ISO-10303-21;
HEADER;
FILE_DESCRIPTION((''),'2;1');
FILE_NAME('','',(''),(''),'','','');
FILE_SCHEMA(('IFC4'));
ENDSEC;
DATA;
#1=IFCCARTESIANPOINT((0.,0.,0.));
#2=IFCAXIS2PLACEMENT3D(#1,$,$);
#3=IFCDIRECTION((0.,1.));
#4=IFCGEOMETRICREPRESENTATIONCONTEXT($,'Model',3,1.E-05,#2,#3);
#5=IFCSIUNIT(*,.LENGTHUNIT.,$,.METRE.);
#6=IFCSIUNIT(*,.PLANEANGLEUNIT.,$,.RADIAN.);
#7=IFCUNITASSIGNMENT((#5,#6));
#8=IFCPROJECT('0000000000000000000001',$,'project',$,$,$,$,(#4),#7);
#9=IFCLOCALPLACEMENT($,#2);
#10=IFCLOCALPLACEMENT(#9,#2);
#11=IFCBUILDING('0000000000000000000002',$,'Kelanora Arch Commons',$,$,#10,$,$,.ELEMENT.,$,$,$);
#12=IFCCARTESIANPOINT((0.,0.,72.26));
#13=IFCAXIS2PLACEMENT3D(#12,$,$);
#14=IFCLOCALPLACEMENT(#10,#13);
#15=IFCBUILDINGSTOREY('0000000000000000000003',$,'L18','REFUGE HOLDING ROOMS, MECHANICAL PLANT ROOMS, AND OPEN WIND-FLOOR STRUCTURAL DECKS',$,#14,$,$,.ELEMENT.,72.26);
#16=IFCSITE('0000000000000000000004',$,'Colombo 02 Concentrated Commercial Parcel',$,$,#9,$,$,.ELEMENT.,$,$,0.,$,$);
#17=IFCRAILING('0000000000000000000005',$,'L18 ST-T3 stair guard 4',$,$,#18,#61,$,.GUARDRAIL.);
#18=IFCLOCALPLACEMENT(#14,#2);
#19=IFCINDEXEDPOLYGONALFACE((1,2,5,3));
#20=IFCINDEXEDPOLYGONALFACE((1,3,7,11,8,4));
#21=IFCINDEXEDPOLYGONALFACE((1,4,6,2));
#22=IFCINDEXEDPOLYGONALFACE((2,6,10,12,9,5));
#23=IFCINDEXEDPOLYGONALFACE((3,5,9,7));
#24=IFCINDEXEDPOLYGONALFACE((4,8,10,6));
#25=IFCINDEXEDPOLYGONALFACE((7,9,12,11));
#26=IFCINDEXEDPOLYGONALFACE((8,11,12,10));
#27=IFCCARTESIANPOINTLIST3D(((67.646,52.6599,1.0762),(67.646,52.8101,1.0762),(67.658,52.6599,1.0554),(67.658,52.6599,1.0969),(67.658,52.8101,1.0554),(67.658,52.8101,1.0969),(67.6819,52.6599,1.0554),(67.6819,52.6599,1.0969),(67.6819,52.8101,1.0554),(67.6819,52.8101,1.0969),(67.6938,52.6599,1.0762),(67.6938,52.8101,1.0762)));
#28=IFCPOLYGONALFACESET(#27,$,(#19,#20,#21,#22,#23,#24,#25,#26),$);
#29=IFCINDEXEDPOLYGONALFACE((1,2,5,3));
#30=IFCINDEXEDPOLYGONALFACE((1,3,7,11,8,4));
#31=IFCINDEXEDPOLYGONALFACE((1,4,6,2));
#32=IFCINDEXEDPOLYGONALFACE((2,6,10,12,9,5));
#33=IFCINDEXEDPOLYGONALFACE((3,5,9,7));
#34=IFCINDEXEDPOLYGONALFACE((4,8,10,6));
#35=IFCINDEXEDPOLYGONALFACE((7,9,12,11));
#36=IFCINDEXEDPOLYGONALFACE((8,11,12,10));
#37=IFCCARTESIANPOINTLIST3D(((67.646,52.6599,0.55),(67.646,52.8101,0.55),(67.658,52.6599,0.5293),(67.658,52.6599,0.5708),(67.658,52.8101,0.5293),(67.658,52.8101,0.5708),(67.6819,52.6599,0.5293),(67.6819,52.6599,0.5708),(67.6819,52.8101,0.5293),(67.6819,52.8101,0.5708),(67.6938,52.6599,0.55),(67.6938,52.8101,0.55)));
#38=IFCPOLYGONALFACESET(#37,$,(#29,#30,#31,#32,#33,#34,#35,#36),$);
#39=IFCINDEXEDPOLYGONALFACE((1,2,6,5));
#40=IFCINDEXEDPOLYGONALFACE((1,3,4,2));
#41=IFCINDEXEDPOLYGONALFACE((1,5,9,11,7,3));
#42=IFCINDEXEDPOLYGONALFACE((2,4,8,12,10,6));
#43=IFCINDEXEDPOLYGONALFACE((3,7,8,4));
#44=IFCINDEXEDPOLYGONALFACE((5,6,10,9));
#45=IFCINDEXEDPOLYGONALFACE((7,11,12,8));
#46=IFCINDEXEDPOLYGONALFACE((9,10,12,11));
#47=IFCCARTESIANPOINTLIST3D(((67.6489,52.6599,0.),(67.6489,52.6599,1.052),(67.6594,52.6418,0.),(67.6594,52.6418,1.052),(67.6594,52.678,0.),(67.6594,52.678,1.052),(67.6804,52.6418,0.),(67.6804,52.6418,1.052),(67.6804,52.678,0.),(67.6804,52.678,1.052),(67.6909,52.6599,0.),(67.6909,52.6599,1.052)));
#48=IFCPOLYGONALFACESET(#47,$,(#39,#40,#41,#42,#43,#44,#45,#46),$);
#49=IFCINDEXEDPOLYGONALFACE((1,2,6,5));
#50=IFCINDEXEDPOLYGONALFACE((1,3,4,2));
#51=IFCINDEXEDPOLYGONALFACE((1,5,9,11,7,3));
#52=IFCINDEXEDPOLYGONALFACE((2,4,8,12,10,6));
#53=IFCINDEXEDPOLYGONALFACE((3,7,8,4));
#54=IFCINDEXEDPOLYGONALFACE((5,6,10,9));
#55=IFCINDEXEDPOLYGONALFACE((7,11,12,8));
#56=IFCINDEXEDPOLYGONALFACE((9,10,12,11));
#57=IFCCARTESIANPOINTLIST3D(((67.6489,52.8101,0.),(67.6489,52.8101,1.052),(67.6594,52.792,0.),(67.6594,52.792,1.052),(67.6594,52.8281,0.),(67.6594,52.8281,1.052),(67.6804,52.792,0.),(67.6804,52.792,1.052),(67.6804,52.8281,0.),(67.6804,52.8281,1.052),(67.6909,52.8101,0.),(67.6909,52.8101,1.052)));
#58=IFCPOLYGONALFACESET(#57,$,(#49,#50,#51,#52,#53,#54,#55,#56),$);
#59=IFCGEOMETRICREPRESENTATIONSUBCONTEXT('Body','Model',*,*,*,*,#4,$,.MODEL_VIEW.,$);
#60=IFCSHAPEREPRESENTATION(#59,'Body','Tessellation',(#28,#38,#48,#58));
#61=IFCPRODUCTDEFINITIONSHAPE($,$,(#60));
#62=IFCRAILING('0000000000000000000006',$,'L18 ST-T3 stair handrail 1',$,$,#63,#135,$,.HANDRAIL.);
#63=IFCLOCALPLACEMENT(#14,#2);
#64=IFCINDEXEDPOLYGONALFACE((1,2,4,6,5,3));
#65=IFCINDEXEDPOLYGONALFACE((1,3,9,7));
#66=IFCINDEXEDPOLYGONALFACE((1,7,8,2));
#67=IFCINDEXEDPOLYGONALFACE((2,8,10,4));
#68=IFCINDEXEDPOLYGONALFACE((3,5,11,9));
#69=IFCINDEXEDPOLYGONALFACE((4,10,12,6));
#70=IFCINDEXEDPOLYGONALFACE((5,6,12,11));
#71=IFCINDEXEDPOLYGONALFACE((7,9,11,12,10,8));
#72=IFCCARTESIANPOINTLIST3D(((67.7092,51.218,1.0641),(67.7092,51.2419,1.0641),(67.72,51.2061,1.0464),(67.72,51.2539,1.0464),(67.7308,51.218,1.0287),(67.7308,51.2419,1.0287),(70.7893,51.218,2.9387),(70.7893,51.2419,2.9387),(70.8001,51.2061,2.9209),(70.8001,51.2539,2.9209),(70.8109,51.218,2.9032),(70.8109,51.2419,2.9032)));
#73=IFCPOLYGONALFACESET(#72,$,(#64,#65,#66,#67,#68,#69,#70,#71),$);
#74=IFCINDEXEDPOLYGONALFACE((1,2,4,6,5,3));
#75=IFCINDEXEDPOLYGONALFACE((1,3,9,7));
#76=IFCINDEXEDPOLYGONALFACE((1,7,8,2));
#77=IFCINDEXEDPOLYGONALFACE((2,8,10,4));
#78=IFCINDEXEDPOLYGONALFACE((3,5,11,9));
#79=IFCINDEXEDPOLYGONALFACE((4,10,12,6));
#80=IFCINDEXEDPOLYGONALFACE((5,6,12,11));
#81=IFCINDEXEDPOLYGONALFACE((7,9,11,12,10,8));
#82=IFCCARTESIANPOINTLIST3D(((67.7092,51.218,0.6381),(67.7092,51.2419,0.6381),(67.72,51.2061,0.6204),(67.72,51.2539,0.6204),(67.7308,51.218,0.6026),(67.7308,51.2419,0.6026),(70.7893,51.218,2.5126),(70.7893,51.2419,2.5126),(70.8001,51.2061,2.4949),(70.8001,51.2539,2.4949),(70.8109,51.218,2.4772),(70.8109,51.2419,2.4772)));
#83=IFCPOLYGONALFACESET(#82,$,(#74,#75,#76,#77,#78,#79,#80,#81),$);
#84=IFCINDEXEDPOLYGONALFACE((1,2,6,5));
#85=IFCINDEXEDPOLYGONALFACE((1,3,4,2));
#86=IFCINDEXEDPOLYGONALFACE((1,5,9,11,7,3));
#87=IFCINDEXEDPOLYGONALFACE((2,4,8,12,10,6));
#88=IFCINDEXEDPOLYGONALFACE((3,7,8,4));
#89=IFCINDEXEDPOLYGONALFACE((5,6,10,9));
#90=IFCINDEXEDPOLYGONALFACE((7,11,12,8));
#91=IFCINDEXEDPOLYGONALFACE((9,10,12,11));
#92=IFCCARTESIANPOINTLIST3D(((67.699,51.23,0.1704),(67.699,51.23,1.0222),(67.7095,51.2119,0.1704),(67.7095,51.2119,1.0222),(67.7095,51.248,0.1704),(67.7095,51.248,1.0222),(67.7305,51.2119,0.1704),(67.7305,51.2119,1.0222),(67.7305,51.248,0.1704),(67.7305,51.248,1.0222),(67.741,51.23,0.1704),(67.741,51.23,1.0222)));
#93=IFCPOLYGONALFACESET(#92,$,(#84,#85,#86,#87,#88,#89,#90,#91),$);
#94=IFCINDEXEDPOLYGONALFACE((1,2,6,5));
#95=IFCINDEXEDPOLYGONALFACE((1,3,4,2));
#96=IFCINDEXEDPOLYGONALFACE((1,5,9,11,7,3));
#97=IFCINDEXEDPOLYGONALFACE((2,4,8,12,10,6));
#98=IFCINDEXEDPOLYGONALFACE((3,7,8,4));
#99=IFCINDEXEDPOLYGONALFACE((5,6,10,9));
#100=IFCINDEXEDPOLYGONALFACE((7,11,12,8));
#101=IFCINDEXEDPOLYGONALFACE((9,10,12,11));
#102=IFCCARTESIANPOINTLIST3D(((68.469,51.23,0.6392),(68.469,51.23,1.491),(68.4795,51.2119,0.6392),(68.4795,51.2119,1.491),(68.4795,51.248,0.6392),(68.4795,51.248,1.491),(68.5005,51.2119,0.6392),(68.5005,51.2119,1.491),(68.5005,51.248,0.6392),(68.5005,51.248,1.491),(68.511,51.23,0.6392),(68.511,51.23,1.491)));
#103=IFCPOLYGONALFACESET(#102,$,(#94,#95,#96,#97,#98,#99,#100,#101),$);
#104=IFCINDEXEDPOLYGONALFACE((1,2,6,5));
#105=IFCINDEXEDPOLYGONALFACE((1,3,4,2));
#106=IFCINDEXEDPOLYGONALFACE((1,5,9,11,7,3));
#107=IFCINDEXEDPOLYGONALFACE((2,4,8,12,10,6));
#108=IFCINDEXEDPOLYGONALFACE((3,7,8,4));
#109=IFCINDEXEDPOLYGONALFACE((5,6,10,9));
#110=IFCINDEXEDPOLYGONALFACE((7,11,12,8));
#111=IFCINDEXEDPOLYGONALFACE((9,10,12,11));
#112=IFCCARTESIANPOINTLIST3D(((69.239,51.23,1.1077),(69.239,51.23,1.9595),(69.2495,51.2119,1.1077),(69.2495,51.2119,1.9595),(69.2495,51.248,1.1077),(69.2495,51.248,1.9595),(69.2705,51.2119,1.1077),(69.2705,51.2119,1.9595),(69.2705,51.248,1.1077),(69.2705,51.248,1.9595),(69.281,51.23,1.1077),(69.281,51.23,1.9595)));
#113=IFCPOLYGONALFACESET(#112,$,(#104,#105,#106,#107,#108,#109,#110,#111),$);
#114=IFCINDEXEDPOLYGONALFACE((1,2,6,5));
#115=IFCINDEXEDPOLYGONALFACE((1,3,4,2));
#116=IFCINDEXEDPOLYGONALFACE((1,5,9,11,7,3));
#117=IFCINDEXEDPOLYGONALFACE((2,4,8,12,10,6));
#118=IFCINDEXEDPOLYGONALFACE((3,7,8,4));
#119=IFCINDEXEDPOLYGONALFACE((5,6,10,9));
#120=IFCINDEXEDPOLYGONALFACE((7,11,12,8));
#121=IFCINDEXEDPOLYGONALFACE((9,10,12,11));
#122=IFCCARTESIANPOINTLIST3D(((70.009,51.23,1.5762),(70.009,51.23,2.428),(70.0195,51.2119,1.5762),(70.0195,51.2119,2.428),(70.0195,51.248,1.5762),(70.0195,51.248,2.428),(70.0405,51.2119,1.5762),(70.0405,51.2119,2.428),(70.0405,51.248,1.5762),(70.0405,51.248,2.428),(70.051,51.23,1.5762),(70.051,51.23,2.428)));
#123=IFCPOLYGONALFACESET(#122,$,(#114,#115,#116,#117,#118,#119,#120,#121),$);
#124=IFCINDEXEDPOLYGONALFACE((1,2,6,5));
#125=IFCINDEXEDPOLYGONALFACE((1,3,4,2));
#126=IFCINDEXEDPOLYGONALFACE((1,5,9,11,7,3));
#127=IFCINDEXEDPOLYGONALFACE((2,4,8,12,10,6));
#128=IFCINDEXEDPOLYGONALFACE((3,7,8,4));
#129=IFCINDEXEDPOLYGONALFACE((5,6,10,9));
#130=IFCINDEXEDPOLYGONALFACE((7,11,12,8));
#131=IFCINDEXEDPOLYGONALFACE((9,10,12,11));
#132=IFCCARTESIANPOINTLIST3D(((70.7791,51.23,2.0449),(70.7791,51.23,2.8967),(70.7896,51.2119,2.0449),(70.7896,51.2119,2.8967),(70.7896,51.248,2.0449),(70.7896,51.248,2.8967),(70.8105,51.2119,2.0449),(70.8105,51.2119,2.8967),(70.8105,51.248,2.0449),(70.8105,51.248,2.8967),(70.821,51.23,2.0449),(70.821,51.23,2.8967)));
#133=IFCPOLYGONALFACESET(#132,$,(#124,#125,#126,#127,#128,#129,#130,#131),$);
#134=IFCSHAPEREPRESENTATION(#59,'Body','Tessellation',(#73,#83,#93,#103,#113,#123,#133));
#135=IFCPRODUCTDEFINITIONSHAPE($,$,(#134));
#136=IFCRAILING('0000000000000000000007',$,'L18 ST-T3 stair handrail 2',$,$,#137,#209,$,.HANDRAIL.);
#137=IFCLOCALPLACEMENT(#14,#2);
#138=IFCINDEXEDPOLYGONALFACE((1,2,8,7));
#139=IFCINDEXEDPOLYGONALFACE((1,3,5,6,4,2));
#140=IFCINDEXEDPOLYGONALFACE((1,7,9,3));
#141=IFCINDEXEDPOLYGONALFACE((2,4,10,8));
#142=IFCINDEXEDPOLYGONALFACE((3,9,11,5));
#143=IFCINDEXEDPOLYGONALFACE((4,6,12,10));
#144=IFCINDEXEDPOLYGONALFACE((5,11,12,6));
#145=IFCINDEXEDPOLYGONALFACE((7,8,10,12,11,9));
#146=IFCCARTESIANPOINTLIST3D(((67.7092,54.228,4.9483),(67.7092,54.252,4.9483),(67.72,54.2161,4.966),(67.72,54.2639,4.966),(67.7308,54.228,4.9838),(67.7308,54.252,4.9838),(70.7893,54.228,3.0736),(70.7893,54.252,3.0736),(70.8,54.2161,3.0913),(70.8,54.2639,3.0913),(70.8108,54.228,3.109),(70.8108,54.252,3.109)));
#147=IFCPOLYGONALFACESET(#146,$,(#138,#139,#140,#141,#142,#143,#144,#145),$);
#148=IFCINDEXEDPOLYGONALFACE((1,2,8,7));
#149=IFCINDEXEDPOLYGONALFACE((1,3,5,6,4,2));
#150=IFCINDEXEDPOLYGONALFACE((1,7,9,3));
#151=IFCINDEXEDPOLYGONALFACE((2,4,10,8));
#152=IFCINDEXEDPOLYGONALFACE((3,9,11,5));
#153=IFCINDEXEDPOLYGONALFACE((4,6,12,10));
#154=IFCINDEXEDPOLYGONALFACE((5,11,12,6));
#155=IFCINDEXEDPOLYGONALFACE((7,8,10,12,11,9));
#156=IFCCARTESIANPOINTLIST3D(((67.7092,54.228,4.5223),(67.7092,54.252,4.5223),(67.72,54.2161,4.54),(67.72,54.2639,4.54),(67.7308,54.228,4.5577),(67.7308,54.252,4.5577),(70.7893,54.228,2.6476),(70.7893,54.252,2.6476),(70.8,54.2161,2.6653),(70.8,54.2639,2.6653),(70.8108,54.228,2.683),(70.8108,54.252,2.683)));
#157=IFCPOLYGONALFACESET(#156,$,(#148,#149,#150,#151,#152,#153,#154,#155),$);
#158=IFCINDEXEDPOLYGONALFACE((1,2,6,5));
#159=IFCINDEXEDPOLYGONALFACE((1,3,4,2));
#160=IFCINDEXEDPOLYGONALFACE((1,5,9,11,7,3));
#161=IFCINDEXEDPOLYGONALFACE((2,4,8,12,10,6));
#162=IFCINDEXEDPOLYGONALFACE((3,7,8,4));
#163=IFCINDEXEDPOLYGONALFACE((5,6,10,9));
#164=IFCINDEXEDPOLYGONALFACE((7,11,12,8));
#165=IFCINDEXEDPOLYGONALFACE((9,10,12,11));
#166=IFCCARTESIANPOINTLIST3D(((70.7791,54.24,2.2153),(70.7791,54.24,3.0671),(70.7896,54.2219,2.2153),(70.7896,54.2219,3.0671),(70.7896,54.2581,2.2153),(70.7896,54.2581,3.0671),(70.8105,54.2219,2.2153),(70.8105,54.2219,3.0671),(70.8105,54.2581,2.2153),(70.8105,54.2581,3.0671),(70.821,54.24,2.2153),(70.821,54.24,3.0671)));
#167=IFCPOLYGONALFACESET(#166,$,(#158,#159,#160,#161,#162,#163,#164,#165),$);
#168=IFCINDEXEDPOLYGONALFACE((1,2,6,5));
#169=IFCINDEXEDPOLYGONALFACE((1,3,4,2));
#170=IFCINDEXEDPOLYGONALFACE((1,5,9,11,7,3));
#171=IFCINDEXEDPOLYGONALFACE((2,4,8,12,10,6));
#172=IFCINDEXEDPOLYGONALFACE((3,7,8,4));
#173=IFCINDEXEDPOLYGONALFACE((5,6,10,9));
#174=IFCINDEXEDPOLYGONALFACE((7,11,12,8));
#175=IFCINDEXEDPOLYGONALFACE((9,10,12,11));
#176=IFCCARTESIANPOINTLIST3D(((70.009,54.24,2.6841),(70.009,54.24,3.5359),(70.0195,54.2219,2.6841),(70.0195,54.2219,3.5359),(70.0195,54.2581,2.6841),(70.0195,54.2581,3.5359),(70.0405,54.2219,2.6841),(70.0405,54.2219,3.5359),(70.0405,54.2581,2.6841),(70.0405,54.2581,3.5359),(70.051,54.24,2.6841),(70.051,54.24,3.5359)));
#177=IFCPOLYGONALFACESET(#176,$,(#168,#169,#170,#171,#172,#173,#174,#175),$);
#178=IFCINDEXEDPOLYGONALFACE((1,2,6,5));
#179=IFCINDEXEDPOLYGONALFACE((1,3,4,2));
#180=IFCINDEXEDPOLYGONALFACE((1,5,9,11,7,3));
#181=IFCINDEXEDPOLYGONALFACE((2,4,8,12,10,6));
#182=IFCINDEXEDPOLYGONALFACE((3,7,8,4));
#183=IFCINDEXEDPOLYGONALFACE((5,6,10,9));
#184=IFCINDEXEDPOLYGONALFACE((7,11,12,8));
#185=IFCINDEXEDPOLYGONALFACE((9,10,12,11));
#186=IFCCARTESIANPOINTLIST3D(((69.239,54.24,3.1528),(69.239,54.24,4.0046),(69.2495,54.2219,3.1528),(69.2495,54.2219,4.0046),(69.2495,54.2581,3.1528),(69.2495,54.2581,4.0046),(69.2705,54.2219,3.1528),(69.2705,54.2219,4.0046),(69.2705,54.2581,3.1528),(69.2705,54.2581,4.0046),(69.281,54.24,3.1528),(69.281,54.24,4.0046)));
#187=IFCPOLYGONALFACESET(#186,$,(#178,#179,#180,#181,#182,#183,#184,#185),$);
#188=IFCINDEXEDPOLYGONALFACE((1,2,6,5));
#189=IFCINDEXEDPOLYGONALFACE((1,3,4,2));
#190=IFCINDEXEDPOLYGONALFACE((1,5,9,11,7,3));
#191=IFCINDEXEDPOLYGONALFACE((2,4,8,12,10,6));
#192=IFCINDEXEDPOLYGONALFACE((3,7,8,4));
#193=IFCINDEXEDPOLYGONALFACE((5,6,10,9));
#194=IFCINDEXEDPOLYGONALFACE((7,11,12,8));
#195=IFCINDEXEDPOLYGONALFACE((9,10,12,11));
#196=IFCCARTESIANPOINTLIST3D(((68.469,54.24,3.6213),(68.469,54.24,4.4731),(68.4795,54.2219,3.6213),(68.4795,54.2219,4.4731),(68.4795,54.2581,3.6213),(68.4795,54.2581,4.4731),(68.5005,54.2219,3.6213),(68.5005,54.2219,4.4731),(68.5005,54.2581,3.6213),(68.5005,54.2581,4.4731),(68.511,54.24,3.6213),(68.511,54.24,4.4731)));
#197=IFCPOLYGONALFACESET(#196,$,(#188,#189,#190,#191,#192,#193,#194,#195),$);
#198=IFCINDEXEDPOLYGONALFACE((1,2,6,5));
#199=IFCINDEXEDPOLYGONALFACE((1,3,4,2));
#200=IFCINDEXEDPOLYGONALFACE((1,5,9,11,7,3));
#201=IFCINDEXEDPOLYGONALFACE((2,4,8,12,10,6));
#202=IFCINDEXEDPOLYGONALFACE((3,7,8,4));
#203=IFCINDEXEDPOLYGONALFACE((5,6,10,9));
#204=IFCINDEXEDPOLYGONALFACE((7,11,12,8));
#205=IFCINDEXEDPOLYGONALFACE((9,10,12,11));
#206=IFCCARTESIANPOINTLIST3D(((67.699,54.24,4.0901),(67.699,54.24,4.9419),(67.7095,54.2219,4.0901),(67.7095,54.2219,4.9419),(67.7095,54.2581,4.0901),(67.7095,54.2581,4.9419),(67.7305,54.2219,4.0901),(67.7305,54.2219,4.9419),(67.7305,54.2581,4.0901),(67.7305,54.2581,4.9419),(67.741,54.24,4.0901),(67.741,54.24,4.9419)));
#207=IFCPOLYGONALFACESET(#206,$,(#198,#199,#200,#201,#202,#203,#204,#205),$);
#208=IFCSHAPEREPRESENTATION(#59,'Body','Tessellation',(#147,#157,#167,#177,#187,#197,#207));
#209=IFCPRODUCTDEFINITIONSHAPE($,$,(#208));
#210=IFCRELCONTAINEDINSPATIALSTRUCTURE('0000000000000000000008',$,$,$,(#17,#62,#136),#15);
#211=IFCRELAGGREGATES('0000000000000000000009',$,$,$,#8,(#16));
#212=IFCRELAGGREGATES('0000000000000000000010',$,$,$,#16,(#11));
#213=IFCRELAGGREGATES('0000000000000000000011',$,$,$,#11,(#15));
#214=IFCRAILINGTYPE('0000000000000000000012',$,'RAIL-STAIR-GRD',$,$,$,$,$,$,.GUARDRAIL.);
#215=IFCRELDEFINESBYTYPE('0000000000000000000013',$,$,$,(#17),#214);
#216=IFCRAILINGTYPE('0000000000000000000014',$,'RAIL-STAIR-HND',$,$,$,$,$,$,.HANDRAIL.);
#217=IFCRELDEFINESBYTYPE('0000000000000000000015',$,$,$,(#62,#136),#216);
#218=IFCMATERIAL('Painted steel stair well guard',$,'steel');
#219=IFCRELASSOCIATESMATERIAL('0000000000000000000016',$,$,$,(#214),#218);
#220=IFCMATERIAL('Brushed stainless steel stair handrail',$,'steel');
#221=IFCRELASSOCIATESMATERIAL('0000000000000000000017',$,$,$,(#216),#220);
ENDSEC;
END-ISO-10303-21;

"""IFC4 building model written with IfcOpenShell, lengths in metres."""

from ifc_helpers import new_model, si_unit, direction, frame, origin, place, context, subcontext, project, spatial, polyline, outline, extrude, material, type_object, element, save


model = new_model("IFC4")

# Units and contexts
model_context = context("Model", 3, precision=1e-05, world=origin(), true_north=direction((0.0, 1.0)))
body_context = subcontext(model_context, "Body", "Model", "MODEL_VIEW")
ifc_project = project(units=[si_unit("LENGTHUNIT", "METRE"), si_unit("PLANEANGLEUNIT", "RADIAN")], contexts=[model_context])

# Site, building, storey
site_placement = place(None, origin())
site = spatial("IfcSite", under=ifc_project, at=site_placement, Name="Colombo 02 Concentrated Commercial Parcel", CompositionType="ELEMENT", RefElevation=0.0)
building_placement = place(site_placement, origin())
building = spatial("IfcBuilding", under=site, at=building_placement, Name="Kelanora Arch Commons", CompositionType="ELEMENT")
storey_placement = place(building_placement, frame((0.0, 0.0, 72.26)))
storey = spatial("IfcBuildingStorey", under=building, at=storey_placement, Name="L18", Description="REFUGE HOLDING ROOMS, MECHANICAL PLANT ROOMS, AND OPEN WIND-FLOOR STRUCTURAL DECKS", CompositionType="ELEMENT", Elevation=72.26)

# Railings
ifc_material_1 = material(Name="Painted steel stair well guard", Category="steel")
railing_type_1 = type_object("IfcRailingType", Name="RAIL-STAIR-GRD", PredefinedType="GUARDRAIL", material=ifc_material_1)
railing_1_placement = place(storey_placement, frame((67.6699, 52.6599, 0.0)))
element("IfcRailing", 1, at=railing_1_placement, inside=storey, type_object=railing_type_1, Name="L18 ST-T3 stair guard 4", PredefinedType="GUARDRAIL", context=body_context, shape_type="SweptSolid", body=[
    extrude(outline(polyline([(0.0239, 0.0), (0.012, 0.0208), (-0.012, 0.0208), (-0.0239, 0.0), (-0.012, -0.0208), (0.012, -0.0208), (0.0239, 0.0)])), frame((0.0, 0.0, 1.0762), z_axis=(0.0, 1.0, 0.0), x_axis=(-1.0, 0.0, 0.0)), (0.0, 0.0, 1.0), 0.1501),
    extrude(outline(polyline([(0.0239, 0.0), (0.012, 0.0208), (-0.012, 0.0208), (-0.0239, 0.0), (-0.012, -0.0208), (0.012, -0.0208), (0.0239, 0.0)])), frame((0.0, 0.0, 0.55), z_axis=(0.0, 1.0, 0.0), x_axis=(-1.0, 0.0, 0.0)), (0.0, 0.0, 1.0), 0.1501),
    extrude(outline(polyline([(0.021, 0.0), (0.0105, 0.0181), (-0.0105, 0.0181), (-0.021, 0.0), (-0.0105, -0.0181), (0.0105, -0.0181), (0.021, 0.0)])), origin(), (0.0, 0.0, 1.0), 1.052),
    extrude(outline(polyline([(0.021, 0.0), (0.0105, 0.0181), (-0.0105, 0.0181), (-0.021, 0.0), (-0.0105, -0.0181), (0.0105, -0.0181), (0.021, 0.0)])), frame((0.0, 0.1501, 0.0)), (0.0, 0.0, 1.0), 1.052),
])
ifc_material_2 = material(Name="Brushed stainless steel stair handrail", Category="steel")
railing_type_2 = type_object("IfcRailingType", Name="RAIL-STAIR-HND", PredefinedType="HANDRAIL", material=ifc_material_2)
railing_2_placement = place(storey_placement, frame((67.72, 51.23, 0.1704)))
element("IfcRailing", 2, at=railing_2_placement, inside=storey, type_object=railing_type_2, Name="L18 ST-T3 stair handrail 1", PredefinedType="HANDRAIL", context=body_context, shape_type="SweptSolid", body=[
    extrude(outline(polyline([(0.0239, 0.0), (0.012, 0.0208), (-0.012, 0.0208), (-0.0239, 0.0), (-0.012, -0.0208), (0.012, -0.0208), (0.0239, 0.0)])), frame((0.0, 0.0, 0.876), z_axis=(0.854238, 0.0, 0.519883), x_axis=(0.0, 1.0, 0.0)), (0.0, 0.0, 1.0), 3.6057),
    extrude(outline(polyline([(0.0239, 0.0), (0.012, 0.0208), (-0.012, 0.0208), (-0.0239, 0.0), (-0.012, -0.0208), (0.012, -0.0208), (0.0239, 0.0)])), frame((0.0, 0.0, 0.45), z_axis=(0.854238, 0.0, 0.519883), x_axis=(0.0, 1.0, 0.0)), (0.0, 0.0, 1.0), 3.6057),
    extrude(outline(polyline([(0.021, 0.0), (0.0105, 0.0181), (-0.0105, 0.0181), (-0.021, 0.0), (-0.0105, -0.0181), (0.0105, -0.0181), (0.021, 0.0)])), origin(), (0.0, 0.0, 1.0), 0.8518),
    extrude(outline(polyline([(0.021, 0.0), (0.0105, 0.0181), (-0.0105, 0.0181), (-0.021, 0.0), (-0.0105, -0.0181), (0.0105, -0.0181), (0.021, 0.0)])), frame((0.77, 0.0, 0.4688)), (0.0, 0.0, 1.0), 0.8518),
    extrude(outline(polyline([(0.021, 0.0), (0.0105, 0.0181), (-0.0105, 0.0181), (-0.021, 0.0), (-0.0105, -0.0181), (0.0105, -0.0181), (0.021, 0.0)])), frame((1.54, 0.0, 0.9373)), (0.0, 0.0, 1.0), 0.8518),
    extrude(outline(polyline([(0.021, 0.0), (0.0105, 0.0181), (-0.0105, 0.0181), (-0.021, 0.0), (-0.0105, -0.0181), (0.0105, -0.0181), (0.021, 0.0)])), frame((2.3101, 0.0, 1.4058)), (0.0, 0.0, 1.0), 0.8518),
    extrude(outline(polyline([(0.021, 0.0), (0.0105, 0.0181), (-0.0105, 0.0181), (-0.021, 0.0), (-0.0105, -0.0181), (0.0105, -0.0181), (0.021, 0.0)])), frame((3.0801, 0.0, 1.8745)), (0.0, 0.0, 1.0), 0.8518),
])
railing_3_placement = place(storey_placement, frame((70.8, 54.24, 2.2153)))
element("IfcRailing", 3, at=railing_3_placement, inside=storey, type_object=railing_type_2, Name="L18 ST-T3 stair handrail 2", PredefinedType="HANDRAIL", context=body_context, shape_type="SweptSolid", body=[
    extrude(outline(polyline([(0.0239, 0.0), (0.012, 0.0208), (-0.012, 0.0208), (-0.0239, 0.0), (-0.012, -0.0208), (0.012, -0.0208), (0.0239, 0.0)])), frame((0.0, 0.0, 0.876), z_axis=(-0.854208, 0.0, 0.519932), x_axis=(0.0, -1.0, 0.0)), (0.0, 0.0, 1.0), 3.6057),
    extrude(outline(polyline([(0.0239, 0.0), (0.012, 0.0208), (-0.012, 0.0208), (-0.0239, 0.0), (-0.012, -0.0208), (0.012, -0.0208), (0.0239, 0.0)])), frame((0.0, 0.0, 0.45), z_axis=(-0.854208, 0.0, 0.519932), x_axis=(0.0, -1.0, 0.0)), (0.0, 0.0, 1.0), 3.6057),
    extrude(outline(polyline([(0.021, 0.0), (0.0105, 0.0181), (-0.0105, 0.0181), (-0.021, 0.0), (-0.0105, -0.0181), (0.0105, -0.0181), (0.021, 0.0)])), origin(), (0.0, 0.0, 1.0), 0.8518),
    extrude(outline(polyline([(0.021, 0.0), (0.0105, 0.0181), (-0.0105, 0.0181), (-0.021, 0.0), (-0.0105, -0.0181), (0.0105, -0.0181), (0.021, 0.0)])), frame((-0.77, 0.0, 0.4688)), (0.0, 0.0, 1.0), 0.8518),
    extrude(outline(polyline([(0.021, 0.0), (0.0105, 0.0181), (-0.0105, 0.0181), (-0.021, 0.0), (-0.0105, -0.0181), (0.0105, -0.0181), (0.021, 0.0)])), frame((-1.54, 0.0, 0.9375)), (0.0, 0.0, 1.0), 0.8518),
    extrude(outline(polyline([(0.021, 0.0), (0.0105, 0.0181), (-0.0105, 0.0181), (-0.021, 0.0), (-0.0105, -0.0181), (0.0105, -0.0181), (0.021, 0.0)])), frame((-2.3101, 0.0, 1.406)), (0.0, 0.0, 1.0), 0.8518),
    extrude(outline(polyline([(0.021, 0.0), (0.0105, 0.0181), (-0.0105, 0.0181), (-0.021, 0.0), (-0.0105, -0.0181), (0.0105, -0.0181), (0.021, 0.0)])), frame((-3.0801, 0.0, 1.8748)), (0.0, 0.0, 1.0), 0.8518),
])

save(model, "model.ifc")
